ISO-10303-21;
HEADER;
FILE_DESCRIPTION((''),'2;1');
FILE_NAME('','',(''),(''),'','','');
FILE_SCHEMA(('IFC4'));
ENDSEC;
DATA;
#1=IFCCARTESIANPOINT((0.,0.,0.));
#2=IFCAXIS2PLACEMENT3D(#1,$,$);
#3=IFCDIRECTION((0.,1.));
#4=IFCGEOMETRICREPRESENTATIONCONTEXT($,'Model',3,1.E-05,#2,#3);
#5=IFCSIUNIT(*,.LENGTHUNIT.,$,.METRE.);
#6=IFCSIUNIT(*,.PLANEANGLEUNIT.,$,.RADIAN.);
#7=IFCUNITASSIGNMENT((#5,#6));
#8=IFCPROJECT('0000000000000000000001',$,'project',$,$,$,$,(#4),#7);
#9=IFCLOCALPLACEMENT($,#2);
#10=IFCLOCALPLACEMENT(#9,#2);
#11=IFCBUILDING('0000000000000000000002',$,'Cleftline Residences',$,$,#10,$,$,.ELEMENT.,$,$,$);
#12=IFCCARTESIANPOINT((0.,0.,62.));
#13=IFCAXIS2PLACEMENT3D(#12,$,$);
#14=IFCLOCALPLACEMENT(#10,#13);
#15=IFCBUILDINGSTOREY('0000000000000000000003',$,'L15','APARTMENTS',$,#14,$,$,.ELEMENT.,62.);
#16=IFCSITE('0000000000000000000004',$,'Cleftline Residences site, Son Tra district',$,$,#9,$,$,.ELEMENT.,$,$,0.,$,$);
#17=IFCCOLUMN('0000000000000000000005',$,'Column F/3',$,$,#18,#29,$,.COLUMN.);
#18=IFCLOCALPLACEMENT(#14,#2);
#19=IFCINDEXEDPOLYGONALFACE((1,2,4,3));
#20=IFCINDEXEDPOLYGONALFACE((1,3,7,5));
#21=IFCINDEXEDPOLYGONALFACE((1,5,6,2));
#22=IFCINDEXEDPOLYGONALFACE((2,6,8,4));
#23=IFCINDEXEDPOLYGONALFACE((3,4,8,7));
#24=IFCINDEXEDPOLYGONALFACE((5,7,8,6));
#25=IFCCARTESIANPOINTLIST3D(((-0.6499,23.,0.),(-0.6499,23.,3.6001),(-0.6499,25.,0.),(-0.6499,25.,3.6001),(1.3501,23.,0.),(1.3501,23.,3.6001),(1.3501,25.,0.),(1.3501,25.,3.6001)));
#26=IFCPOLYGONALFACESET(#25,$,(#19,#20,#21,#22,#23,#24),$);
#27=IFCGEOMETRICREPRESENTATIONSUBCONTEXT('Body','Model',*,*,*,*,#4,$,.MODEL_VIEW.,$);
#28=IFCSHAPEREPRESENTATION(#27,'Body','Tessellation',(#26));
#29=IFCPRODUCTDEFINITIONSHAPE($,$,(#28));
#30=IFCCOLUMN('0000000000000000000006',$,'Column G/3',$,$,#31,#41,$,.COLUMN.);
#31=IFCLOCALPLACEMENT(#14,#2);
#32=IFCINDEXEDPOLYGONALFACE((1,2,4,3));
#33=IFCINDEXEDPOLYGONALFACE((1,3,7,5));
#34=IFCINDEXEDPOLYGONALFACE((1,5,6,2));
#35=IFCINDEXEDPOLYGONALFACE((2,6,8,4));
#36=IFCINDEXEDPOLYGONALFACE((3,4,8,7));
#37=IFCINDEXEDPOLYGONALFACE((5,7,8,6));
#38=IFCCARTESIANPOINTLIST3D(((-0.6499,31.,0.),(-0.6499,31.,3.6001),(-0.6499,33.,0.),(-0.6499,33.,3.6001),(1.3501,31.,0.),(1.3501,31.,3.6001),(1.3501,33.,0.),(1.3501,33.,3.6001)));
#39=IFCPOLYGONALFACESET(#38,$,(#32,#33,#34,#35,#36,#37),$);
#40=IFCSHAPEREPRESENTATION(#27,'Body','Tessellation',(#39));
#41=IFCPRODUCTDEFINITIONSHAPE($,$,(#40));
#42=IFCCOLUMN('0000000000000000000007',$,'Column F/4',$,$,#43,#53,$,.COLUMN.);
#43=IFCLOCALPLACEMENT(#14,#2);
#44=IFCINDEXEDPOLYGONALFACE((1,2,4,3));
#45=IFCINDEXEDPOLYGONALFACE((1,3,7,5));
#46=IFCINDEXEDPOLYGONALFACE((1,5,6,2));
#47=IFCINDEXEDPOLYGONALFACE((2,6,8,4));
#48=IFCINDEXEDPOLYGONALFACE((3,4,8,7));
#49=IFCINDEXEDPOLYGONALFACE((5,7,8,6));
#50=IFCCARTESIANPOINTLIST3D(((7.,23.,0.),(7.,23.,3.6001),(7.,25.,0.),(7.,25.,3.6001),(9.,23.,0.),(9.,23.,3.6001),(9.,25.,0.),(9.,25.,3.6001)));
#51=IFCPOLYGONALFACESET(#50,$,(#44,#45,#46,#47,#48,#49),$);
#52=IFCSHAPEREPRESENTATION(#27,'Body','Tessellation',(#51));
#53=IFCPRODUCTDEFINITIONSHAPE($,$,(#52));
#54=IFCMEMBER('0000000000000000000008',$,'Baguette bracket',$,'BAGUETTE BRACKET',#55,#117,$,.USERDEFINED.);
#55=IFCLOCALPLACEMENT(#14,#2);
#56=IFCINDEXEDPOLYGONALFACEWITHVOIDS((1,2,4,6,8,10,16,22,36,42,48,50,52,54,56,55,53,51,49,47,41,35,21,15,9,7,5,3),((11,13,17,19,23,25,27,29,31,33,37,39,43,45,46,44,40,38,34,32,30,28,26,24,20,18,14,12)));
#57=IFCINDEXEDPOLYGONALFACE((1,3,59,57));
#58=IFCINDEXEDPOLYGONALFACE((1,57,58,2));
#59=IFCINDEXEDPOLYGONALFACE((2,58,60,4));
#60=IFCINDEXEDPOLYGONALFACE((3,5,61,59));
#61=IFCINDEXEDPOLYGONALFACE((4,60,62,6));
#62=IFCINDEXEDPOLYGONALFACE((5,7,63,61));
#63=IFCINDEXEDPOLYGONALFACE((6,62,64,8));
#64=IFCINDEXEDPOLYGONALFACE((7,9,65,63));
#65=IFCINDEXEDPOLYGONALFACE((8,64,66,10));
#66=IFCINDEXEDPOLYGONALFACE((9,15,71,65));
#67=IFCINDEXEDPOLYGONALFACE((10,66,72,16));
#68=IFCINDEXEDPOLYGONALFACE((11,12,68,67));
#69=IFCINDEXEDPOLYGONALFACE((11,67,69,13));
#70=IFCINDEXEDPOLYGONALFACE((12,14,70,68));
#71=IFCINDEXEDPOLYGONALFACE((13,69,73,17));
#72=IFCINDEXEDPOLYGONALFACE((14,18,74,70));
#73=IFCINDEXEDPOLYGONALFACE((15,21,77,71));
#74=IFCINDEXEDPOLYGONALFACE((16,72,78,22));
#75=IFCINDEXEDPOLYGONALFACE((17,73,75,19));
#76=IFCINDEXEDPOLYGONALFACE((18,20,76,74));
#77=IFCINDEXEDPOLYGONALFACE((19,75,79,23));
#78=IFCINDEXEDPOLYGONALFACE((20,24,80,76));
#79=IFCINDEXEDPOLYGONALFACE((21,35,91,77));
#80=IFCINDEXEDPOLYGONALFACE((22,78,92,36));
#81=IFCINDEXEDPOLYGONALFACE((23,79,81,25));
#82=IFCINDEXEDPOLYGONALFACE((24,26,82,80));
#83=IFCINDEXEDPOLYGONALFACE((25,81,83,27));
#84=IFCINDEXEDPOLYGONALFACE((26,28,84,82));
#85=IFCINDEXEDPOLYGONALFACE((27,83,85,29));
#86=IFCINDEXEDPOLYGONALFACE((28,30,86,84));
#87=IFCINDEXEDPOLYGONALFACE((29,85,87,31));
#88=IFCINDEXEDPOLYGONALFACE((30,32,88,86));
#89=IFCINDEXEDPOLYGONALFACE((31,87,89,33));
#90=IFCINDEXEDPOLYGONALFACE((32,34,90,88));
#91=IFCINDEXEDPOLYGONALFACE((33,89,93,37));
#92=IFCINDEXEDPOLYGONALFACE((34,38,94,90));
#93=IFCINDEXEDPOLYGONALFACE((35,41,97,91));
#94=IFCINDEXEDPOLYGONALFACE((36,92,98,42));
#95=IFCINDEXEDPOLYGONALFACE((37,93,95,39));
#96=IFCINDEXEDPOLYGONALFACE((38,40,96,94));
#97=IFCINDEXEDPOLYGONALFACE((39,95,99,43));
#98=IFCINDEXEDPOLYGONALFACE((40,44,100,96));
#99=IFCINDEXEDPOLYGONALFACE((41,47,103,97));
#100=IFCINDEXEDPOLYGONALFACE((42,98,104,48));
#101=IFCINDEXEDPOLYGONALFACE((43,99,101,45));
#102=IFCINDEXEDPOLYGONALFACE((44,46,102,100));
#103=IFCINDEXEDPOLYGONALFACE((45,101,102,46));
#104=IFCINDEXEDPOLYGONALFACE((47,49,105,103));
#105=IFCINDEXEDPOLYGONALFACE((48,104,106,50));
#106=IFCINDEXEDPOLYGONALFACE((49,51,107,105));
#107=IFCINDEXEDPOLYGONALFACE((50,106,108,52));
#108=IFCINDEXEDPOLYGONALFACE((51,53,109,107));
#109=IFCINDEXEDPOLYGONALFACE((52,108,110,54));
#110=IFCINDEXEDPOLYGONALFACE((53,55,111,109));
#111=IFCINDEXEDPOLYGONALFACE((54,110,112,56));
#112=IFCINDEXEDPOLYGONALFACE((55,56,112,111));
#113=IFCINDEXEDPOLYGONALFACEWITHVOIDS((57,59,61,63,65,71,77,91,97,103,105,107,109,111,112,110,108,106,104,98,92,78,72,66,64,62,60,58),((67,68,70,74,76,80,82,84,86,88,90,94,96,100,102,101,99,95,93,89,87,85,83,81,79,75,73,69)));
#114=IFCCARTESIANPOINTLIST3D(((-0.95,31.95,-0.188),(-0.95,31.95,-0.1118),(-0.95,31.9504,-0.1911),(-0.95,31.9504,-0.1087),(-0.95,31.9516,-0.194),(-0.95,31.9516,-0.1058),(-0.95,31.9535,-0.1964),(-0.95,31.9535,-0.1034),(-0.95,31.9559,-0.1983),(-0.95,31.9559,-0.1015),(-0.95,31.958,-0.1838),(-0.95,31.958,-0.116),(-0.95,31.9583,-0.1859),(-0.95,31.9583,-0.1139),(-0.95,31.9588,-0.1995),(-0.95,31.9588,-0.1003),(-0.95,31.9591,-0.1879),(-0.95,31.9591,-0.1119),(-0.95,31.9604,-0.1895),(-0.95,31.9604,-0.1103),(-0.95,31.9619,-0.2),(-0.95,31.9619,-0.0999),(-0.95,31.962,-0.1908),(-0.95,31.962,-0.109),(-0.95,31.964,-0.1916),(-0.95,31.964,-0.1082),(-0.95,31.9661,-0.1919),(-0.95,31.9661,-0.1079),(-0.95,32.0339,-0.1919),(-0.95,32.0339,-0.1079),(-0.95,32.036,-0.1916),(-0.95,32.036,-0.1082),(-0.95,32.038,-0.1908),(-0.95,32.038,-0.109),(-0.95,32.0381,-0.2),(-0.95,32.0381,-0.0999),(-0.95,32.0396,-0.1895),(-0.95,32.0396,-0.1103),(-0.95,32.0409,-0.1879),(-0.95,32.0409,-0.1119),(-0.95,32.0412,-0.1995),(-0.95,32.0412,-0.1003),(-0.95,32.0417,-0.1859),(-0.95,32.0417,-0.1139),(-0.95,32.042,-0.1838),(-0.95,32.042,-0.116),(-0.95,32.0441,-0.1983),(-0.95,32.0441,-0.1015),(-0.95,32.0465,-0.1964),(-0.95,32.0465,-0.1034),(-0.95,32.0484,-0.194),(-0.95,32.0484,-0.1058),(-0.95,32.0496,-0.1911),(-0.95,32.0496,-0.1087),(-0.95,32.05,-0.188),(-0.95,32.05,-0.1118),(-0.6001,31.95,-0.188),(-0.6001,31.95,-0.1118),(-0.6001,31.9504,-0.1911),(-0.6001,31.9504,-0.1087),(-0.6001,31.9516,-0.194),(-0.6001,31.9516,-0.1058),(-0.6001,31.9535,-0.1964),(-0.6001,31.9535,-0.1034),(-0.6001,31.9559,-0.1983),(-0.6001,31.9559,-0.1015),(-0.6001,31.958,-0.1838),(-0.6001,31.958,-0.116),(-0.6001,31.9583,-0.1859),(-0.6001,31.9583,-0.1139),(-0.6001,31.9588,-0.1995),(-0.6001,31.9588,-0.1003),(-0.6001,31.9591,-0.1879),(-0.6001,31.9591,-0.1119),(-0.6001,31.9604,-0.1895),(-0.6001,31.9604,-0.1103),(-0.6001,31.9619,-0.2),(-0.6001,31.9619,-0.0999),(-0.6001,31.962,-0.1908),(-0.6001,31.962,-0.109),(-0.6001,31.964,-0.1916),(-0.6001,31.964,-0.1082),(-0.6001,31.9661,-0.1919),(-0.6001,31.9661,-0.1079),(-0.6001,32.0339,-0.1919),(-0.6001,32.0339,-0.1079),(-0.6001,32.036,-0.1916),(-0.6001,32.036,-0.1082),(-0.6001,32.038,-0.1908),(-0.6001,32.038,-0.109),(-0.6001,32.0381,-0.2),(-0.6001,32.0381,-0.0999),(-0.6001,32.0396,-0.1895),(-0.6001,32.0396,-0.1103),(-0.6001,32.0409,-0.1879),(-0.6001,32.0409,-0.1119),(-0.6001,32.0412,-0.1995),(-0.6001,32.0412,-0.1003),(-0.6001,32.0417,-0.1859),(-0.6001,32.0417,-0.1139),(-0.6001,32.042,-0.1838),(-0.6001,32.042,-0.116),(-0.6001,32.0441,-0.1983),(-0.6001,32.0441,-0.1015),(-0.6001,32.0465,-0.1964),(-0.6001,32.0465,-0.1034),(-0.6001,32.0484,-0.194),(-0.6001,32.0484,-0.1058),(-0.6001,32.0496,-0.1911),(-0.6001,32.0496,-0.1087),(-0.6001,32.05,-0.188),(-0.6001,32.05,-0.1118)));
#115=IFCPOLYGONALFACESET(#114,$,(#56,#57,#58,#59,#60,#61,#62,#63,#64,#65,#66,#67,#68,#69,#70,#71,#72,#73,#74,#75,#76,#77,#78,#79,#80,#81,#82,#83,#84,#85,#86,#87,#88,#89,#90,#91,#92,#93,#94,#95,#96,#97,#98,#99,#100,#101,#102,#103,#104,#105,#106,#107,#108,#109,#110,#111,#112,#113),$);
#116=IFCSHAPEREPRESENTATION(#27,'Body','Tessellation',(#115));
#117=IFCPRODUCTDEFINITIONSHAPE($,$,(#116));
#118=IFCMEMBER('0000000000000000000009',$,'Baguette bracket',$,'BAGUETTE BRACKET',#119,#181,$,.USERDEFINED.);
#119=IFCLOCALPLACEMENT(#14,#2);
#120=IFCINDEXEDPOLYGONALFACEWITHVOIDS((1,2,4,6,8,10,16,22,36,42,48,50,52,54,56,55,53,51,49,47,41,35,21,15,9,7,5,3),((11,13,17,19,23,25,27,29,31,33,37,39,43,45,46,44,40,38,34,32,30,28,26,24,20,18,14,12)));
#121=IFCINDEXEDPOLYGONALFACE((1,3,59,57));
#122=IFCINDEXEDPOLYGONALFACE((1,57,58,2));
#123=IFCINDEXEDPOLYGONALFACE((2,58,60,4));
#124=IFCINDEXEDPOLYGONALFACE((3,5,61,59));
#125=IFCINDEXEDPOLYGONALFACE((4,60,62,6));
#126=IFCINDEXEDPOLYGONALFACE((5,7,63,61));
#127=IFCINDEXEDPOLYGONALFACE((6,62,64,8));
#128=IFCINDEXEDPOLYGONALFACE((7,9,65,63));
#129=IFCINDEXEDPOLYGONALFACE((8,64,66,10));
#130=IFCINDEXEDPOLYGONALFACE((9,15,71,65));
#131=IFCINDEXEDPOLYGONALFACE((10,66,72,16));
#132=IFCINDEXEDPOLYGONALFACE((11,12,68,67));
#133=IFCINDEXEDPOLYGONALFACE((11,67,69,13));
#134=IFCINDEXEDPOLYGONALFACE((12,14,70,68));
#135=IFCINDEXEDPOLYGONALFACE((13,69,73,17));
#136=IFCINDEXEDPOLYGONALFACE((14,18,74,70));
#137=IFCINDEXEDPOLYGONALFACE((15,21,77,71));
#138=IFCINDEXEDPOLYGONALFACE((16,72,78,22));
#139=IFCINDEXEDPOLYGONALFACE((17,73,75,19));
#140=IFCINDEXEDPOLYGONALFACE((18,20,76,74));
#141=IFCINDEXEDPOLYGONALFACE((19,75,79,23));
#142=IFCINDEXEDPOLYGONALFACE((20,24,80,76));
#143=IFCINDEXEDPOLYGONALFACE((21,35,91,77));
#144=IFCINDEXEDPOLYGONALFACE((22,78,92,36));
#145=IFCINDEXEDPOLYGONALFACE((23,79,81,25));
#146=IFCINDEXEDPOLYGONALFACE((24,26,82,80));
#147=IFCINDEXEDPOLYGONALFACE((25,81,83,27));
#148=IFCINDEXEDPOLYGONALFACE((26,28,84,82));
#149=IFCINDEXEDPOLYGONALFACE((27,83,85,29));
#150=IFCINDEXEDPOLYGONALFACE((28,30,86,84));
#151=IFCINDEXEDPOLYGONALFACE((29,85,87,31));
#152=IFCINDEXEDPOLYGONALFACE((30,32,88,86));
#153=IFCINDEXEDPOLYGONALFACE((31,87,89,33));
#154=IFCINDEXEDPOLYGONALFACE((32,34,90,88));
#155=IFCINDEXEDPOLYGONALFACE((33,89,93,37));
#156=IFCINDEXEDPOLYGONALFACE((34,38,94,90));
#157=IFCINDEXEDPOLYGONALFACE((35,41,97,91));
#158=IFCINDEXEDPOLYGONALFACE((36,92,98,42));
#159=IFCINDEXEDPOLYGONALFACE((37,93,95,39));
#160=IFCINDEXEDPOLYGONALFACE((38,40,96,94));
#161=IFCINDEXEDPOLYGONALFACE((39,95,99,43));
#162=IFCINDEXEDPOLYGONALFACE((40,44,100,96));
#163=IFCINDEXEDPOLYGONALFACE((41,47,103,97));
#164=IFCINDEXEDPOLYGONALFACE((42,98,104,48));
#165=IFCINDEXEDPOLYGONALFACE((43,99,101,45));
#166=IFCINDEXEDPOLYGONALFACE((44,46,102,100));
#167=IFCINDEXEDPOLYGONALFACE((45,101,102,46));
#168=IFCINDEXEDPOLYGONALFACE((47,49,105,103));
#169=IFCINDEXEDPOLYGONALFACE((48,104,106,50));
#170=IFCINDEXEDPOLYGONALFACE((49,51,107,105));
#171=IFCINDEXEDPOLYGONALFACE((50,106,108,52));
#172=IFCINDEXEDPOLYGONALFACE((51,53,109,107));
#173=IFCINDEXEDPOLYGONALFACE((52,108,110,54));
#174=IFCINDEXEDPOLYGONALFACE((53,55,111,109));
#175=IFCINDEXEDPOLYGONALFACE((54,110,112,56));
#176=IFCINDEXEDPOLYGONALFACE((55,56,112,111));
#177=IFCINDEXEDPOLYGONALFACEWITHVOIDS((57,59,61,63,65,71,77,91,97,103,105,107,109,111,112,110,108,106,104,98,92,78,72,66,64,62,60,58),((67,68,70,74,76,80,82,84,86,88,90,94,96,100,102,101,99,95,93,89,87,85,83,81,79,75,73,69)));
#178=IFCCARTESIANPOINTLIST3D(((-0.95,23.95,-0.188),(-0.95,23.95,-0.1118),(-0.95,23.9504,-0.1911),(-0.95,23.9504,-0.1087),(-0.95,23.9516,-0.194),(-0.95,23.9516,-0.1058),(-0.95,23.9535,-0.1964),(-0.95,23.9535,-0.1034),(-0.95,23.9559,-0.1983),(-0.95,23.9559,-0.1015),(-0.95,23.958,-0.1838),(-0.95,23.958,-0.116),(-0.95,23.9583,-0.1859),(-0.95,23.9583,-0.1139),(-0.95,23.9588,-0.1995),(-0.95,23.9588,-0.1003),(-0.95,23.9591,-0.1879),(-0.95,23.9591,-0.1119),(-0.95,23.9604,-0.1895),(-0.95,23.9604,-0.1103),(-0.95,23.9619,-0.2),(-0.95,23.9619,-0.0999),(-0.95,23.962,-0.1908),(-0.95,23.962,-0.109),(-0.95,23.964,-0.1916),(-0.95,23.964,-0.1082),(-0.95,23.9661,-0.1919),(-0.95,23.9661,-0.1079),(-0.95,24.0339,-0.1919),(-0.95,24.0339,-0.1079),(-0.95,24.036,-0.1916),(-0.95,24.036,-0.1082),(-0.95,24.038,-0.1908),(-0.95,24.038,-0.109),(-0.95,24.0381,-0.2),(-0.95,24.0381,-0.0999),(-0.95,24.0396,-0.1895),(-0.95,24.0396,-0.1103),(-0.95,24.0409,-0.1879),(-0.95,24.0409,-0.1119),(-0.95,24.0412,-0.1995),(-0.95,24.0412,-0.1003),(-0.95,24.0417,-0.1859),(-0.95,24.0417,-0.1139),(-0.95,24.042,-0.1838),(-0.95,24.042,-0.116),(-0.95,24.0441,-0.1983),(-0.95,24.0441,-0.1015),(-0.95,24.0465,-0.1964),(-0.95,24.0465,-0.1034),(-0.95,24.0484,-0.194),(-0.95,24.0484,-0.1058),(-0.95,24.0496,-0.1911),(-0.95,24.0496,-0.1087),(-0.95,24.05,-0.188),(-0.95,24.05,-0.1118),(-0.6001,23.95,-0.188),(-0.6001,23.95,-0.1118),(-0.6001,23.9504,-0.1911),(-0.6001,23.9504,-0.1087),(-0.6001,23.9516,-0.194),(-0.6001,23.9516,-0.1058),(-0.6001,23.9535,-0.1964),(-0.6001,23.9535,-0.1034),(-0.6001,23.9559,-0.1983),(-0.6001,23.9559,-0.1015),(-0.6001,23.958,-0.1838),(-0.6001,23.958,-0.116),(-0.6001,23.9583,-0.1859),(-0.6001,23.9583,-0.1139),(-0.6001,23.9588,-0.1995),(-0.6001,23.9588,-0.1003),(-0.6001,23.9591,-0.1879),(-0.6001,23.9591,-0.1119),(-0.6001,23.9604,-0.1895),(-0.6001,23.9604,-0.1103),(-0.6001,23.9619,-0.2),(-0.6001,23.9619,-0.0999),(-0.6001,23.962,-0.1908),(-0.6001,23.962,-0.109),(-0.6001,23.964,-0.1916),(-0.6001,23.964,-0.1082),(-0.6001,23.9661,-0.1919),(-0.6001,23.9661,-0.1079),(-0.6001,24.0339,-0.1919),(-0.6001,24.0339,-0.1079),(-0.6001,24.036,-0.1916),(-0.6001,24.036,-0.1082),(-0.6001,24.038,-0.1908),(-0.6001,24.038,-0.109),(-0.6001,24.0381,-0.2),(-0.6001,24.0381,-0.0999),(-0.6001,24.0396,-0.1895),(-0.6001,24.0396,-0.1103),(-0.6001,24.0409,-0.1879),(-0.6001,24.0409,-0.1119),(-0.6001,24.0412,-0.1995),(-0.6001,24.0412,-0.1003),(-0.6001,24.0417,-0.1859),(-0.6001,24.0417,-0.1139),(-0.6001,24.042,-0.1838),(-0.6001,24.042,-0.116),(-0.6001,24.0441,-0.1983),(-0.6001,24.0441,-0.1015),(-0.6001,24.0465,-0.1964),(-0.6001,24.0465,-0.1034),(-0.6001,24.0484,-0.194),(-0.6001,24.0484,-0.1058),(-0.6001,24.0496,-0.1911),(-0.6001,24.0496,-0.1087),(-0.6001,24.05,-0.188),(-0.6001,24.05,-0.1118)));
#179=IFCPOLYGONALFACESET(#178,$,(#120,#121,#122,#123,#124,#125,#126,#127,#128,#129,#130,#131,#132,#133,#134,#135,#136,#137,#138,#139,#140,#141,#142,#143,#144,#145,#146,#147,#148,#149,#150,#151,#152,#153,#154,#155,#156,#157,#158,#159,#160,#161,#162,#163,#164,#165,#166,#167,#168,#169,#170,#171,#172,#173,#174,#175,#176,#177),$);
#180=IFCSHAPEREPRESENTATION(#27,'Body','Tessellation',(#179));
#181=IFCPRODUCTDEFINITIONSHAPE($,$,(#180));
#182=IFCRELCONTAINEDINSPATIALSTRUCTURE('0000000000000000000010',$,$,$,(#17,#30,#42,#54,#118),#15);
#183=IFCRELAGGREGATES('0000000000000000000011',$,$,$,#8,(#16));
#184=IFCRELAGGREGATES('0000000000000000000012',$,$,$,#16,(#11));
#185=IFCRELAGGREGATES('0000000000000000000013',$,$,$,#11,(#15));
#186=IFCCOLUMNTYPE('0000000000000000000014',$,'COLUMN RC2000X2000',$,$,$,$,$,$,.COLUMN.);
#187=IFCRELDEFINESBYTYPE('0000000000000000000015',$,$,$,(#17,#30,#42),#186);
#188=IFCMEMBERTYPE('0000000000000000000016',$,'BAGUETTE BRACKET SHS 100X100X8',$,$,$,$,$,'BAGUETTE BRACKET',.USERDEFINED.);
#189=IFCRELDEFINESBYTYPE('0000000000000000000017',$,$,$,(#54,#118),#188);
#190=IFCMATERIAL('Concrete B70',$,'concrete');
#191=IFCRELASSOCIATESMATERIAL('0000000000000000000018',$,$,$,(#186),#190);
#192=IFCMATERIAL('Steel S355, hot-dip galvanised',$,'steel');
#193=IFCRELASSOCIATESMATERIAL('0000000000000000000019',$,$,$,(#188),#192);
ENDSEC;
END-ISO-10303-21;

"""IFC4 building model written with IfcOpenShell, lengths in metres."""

from ifc_helpers import new_model, si_unit, direction, frame, origin, origin_2d, place, context, subcontext, project, spatial, rectangle, hollow_rectangle, extrude, material, material_profile, profile_set, type_object, element, save


model = new_model("IFC4")

# Units and contexts
model_context = context("Model", 3, precision=1e-05, world=origin(), true_north=direction((0.0, 1.0)))
body_context = subcontext(model_context, "Body", "Model", "MODEL_VIEW")
ifc_project = project(units=[si_unit("LENGTHUNIT", "METRE"), si_unit("PLANEANGLEUNIT", "RADIAN")], contexts=[model_context])

# Site, building, storey
site_placement = place(None, origin())
site = spatial("IfcSite", under=ifc_project, at=site_placement, Name="Cleftline Residences site, Son Tra district", CompositionType="ELEMENT", RefElevation=0.0)
building_placement = place(site_placement, origin())
building = spatial("IfcBuilding", under=site, at=building_placement, Name="Cleftline Residences", CompositionType="ELEMENT")
storey_placement = place(building_placement, frame((0.0, 0.0, 62.0)))
storey = spatial("IfcBuildingStorey", under=building, at=storey_placement, Name="L15", Description="APARTMENTS", CompositionType="ELEMENT", Elevation=62.0)

# Columns
ifc_material_1 = material(Name="Concrete B70", Category="concrete")
ifc_material_profile_1 = material_profile(ifc_material_1, rectangle(XDim=2.0, YDim=2.0, at=origin_2d()))
ifc_profile_set_1 = profile_set([ifc_material_profile_1], Name="Concrete B70")
column_type = type_object("IfcColumnType", Name="COLUMN RC2000X2000", PredefinedType="COLUMN", material=ifc_profile_set_1)
for number, where, z_axis, x_axis, name in (
    (1, (0.3501, 24.0, 0.0), (0.0, 0.0, 1.0), (1.0, 0.0, 0.0), "Column F/3"),
    (2, (0.3501, 32.0, 0.0), (0.0, 0.0, 1.0), (1.0, 0.0, 0.0), "Column G/3"),
    (3, (8.0, 24.0, 0.0), (0.0, 0.0, 1.0), (1.0, 0.0, 0.0), "Column F/4"),
):
    element("IfcColumn", number, at=place(storey_placement, frame(where, z_axis=z_axis, x_axis=x_axis)), inside=storey, type_object=column_type, Name=name, PredefinedType="COLUMN", context=body_context, shape_type="SweptSolid", body=[
        extrude(rectangle(XDim=2.0, YDim=2.0, at=origin_2d()), origin(), (0.0, 0.0, 1.0), 3.6001),
    ])

# Members
ifc_material_2 = material(Name="Steel S355, hot-dip galvanised", Category="steel")
ifc_material_profile_2 = material_profile(ifc_material_2, hollow_rectangle(XDim=0.1001, YDim=0.1001, WallThickness=0.0081, InnerFilletRadius=0.0081, OuterFilletRadius=0.012, at=origin_2d()))
ifc_profile_set_2 = profile_set([ifc_material_profile_2], Name="Steel S355, hot-dip galvanised")
member_type_1 = type_object("IfcMemberType", Name="BAGUETTE BRACKET SHS 100X100X8", ElementType="BAGUETTE BRACKET", PredefinedType="USERDEFINED", material=ifc_profile_set_2)
for number, where, z_axis, x_axis, name in (
    (4, (-0.6001, 32.0, -0.1499), (-1.0, 0.0, 0.0), (0.0, -1.0, 0.0), "Baguette bracket"),
    (5, (-0.6001, 24.0, -0.1499), (-1.0, 0.0, 0.0), (0.0, -1.0, 0.0), "Baguette bracket"),
):
    element("IfcMember", number, at=place(storey_placement, frame(where, z_axis=z_axis, x_axis=x_axis)), inside=storey, type_object=member_type_1, Name=name, ObjectType="BAGUETTE BRACKET", PredefinedType="USERDEFINED", context=body_context, shape_type="SweptSolid", body=[
        extrude(hollow_rectangle(XDim=0.1001, YDim=0.1001, WallThickness=0.0081, InnerFilletRadius=0.0081, OuterFilletRadius=0.012, at=origin_2d()), origin(), (0.0, 0.0, 1.0), 0.3499),
    ])

save(model, "model.ifc")
